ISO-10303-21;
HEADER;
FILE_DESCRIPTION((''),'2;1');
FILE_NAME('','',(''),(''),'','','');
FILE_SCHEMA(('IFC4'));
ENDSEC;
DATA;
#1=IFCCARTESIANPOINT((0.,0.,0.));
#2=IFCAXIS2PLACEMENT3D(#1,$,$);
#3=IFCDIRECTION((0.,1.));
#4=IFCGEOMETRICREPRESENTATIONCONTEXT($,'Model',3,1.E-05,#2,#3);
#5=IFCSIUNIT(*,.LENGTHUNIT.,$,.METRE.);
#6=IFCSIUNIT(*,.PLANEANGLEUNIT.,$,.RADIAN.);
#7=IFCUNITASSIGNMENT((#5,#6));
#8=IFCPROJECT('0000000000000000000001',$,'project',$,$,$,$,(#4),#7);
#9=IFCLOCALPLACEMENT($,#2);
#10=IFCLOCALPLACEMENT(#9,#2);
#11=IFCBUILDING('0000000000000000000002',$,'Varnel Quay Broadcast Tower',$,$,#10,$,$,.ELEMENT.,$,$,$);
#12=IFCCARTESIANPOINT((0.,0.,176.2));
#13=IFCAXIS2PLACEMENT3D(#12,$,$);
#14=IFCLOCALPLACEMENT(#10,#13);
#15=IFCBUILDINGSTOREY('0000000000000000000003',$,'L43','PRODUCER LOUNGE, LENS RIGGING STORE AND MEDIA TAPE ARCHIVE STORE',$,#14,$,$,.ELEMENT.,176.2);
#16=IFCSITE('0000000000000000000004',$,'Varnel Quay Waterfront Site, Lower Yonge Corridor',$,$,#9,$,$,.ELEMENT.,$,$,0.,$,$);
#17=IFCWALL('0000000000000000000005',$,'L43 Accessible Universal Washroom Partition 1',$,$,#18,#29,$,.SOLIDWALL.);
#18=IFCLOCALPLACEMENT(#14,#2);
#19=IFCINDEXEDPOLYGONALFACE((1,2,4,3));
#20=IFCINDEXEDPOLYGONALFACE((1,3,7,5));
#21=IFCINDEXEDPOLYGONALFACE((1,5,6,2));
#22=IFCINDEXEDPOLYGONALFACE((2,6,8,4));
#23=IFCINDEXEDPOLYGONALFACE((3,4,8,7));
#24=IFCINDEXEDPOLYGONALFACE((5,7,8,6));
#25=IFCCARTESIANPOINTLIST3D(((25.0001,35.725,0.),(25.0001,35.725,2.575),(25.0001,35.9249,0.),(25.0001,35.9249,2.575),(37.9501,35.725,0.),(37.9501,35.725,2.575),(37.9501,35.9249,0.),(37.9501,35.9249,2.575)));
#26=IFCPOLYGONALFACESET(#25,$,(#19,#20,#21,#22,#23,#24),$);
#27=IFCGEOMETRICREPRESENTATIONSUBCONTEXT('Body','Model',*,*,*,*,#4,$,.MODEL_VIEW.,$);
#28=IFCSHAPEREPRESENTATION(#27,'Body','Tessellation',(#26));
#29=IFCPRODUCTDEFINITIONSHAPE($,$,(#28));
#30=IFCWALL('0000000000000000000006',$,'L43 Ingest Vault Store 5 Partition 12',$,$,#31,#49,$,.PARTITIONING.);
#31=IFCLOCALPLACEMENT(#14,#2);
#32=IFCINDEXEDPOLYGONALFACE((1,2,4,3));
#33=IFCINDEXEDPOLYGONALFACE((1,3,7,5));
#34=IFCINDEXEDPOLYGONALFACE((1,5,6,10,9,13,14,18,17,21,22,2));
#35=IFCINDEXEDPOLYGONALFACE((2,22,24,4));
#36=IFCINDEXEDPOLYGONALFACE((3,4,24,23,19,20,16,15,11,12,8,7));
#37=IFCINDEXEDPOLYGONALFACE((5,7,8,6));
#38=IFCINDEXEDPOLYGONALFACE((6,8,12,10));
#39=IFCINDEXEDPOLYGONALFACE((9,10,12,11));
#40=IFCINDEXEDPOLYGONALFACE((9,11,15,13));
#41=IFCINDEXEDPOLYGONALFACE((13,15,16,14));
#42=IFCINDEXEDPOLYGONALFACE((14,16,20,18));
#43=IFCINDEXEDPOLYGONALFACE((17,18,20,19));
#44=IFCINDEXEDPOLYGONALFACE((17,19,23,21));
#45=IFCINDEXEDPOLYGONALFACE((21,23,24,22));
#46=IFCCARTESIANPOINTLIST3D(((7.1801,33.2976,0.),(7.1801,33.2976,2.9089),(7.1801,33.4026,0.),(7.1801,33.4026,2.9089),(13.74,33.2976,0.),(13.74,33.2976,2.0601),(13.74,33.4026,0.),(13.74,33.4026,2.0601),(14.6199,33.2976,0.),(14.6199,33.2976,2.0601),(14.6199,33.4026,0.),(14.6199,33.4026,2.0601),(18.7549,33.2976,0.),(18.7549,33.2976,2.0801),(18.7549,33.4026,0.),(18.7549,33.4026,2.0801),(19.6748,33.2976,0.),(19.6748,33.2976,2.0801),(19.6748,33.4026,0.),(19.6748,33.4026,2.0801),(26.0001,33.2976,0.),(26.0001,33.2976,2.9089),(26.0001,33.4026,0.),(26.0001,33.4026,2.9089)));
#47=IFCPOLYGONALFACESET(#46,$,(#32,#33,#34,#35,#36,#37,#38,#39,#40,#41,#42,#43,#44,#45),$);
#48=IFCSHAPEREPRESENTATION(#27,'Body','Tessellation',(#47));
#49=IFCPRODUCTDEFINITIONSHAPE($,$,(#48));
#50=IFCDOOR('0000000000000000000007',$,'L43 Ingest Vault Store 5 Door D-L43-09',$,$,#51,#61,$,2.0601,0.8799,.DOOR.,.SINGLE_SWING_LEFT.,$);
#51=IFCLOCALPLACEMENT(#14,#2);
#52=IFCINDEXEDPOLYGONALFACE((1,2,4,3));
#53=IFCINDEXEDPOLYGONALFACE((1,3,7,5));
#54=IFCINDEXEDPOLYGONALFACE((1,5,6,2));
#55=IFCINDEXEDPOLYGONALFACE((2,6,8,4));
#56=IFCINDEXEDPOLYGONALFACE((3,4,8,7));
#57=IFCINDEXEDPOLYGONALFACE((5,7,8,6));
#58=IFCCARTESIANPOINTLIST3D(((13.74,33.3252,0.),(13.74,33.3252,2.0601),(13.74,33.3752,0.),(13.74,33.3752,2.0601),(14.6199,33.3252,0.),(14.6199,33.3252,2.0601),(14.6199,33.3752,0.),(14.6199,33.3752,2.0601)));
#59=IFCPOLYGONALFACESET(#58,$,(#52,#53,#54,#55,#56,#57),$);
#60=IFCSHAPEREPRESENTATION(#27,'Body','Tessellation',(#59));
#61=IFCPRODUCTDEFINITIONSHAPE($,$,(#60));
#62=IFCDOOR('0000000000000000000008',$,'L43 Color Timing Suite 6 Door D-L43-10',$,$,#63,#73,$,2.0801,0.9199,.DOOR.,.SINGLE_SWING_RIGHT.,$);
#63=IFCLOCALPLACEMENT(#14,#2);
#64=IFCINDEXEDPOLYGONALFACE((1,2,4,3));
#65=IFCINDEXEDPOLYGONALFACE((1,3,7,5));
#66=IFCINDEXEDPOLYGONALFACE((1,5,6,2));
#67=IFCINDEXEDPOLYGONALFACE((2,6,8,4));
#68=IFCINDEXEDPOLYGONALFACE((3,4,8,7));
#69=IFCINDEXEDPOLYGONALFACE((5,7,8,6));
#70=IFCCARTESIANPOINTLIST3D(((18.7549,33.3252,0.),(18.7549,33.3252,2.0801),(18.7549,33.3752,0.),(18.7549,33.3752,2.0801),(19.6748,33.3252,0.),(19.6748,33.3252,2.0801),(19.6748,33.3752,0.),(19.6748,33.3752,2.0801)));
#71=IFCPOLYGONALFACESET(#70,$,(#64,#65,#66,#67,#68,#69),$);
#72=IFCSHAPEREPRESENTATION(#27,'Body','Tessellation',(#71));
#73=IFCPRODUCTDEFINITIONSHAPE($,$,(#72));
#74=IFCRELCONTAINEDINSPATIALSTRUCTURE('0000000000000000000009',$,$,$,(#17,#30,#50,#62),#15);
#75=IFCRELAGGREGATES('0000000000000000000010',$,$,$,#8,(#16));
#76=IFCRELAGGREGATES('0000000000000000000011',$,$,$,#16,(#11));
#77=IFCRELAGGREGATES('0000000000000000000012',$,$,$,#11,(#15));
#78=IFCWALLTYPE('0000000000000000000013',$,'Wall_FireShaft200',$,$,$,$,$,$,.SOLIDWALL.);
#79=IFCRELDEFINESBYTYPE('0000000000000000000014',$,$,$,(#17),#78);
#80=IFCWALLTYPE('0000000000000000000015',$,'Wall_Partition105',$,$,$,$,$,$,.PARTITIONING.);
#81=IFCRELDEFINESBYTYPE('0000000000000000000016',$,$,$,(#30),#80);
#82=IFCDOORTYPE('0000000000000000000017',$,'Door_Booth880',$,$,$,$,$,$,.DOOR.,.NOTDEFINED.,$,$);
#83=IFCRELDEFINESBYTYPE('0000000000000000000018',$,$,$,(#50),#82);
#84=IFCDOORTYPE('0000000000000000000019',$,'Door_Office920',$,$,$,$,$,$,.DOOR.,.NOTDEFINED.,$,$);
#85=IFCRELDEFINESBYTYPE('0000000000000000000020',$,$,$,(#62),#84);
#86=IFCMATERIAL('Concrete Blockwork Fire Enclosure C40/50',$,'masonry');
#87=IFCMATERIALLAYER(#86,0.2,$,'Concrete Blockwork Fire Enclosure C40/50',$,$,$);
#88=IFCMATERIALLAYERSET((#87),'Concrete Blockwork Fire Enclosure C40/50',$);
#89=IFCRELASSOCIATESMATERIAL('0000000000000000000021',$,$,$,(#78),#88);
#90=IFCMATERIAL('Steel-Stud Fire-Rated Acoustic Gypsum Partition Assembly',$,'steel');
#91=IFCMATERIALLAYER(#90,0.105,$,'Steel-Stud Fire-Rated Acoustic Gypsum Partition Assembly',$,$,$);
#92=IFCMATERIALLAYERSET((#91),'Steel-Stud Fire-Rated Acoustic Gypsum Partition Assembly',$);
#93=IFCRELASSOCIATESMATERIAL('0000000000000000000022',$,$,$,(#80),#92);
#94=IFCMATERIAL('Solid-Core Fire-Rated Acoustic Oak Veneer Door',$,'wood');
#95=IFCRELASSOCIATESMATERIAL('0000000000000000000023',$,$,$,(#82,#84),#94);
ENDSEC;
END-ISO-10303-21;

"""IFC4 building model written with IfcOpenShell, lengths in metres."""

from ifc_helpers import new_model, si_unit, direction, frame, frame_2d, origin, place, context, subcontext, project, spatial, rectangle, extrude, source, transform, mapped, material, layer, layer_set, type_object, type_shapes, element, fill, save


model = new_model("IFC4")

# Units and contexts
model_context = context("Model", 3, precision=1e-05, world=origin(), true_north=direction((0.0, 1.0)))
body_context = subcontext(model_context, "Body", "Model", "MODEL_VIEW")
ifc_project = project(units=[si_unit("LENGTHUNIT", "METRE"), si_unit("PLANEANGLEUNIT", "RADIAN")], contexts=[model_context])

# Site, building, storey
site_placement = place(None, origin())
site = spatial("IfcSite", under=ifc_project, at=site_placement, Name="Varnel Quay Waterfront Site, Lower Yonge Corridor", CompositionType="ELEMENT", RefElevation=0.0)
building_placement = place(site_placement, origin())
building = spatial("IfcBuilding", under=site, at=building_placement, Name="Varnel Quay Broadcast Tower", CompositionType="ELEMENT")
storey_placement = place(building_placement, frame((0.0, 0.0, 176.2)))
storey = spatial("IfcBuildingStorey", under=building, at=storey_placement, Name="L43", Description="PRODUCER LOUNGE, LENS RIGGING STORE AND MEDIA TAPE ARCHIVE STORE", CompositionType="ELEMENT", Elevation=176.2)

# Wall
ifc_material_1 = material(Name="Concrete Blockwork Fire Enclosure C40/50", Category="masonry")
ifc_layer_1 = layer(ifc_material_1, 0.2, Name="Concrete Blockwork Fire Enclosure C40/50")
ifc_layer_set_1 = layer_set([ifc_layer_1], Name="Concrete Blockwork Fire Enclosure C40/50")
wall_type_1 = type_object("IfcWallType", Name="Wall_FireShaft200", PredefinedType="SOLIDWALL", material=ifc_layer_set_1)
wall_1_placement = place(storey_placement, frame((25.0, 35.825, 0.0), z_axis=(0.0, 0.0, 1.0), x_axis=(1.0, 0.0, 0.0)))
element("IfcWall", 1, at=wall_1_placement, inside=storey, type_object=wall_type_1, Name="L43 Accessible Universal Washroom Partition 1", PredefinedType="SOLIDWALL", context=body_context, shape_type="SweptSolid", body=[
    extrude(rectangle(XDim=12.95, YDim=0.2, at=frame_2d((6.4751, 0.0))), origin(), (0.0, 0.0, 1.0), 2.575),
])

# Wall, openings, doors
ifc_material_2 = material(Name="Steel-Stud Fire-Rated Acoustic Gypsum Partition Assembly", Category="steel")
ifc_layer_2 = layer(ifc_material_2, 0.105, Name="Steel-Stud Fire-Rated Acoustic Gypsum Partition Assembly")
ifc_layer_set_2 = layer_set([ifc_layer_2], Name="Steel-Stud Fire-Rated Acoustic Gypsum Partition Assembly")
wall_type_2 = type_object("IfcWallType", Name="Wall_Partition105", PredefinedType="PARTITIONING", material=ifc_layer_set_2)
wall_2_placement = place(storey_placement, frame((7.1799, 33.3501, 0.0), z_axis=(0.0, 0.0, 1.0), x_axis=(1.0, 0.0, 0.0)))
wall_2 = element("IfcWall", 2, at=wall_2_placement, inside=storey, type_object=wall_type_2, Name="L43 Ingest Vault Store 5 Partition 12", PredefinedType="PARTITIONING", context=body_context, shape_type="SweptSolid", body=[
    extrude(rectangle(XDim=18.8201, YDim=0.105, at=frame_2d((9.4102, 0.0))), origin(), (0.0, 0.0, 1.0), 2.9089),
])
opening_1_placement = place(wall_2_placement, frame((6.5601, 0.0, 0.0)))
opening_1 = element("IfcOpeningElement", 3, at=opening_1_placement, cuts=wall_2, PredefinedType="OPENING", context=body_context, shape_type="SweptSolid", body=[
    extrude(rectangle(XDim=0.8799, YDim=2.0601, at=frame_2d((0.4399, 1.03))), frame((0.0, 0.0625, 0.0), z_axis=(0.0, -1.0, 0.0), x_axis=(1.0, 0.0, 0.0)), (0.0, 0.0, 1.0), 0.125),
])
opening_2_placement = place(wall_2_placement, frame((11.575, 0.0, 0.0)))
opening_2 = element("IfcOpeningElement", 4, at=opening_2_placement, cuts=wall_2, PredefinedType="OPENING", context=body_context, shape_type="SweptSolid", body=[
    extrude(rectangle(XDim=0.9199, YDim=2.0801, at=frame_2d((0.46, 1.04))), frame((0.0, 0.0625, 0.0), z_axis=(0.0, -1.0, 0.0), x_axis=(1.0, 0.0, 0.0)), (0.0, 0.0, 1.0), 0.125),
])
ifc_material_3 = material(Name="Solid-Core Fire-Rated Acoustic Oak Veneer Door", Category="wood")
door_type_1 = type_object("IfcDoorType", Name="Door_Booth880", OperationType="NOTDEFINED", PredefinedType="DOOR", material=ifc_material_3)
shared_shape_1 = source(origin(), body_context, "Body", "SweptSolid", [
    extrude(rectangle(XDim=0.8799, YDim=2.0601, at=frame_2d((0.4399, 1.03))), frame((0.0, 0.0249, 0.0), z_axis=(0.0, -1.0, 0.0), x_axis=(1.0, 0.0, 0.0)), (0.0, 0.0, 1.0), 0.05),
])
type_shapes(door_type_1, [shared_shape_1])
door_1_placement = place(opening_1_placement, frame((0.8799, 0.0, 0.0), z_axis=(0.0, 0.0, 1.0), x_axis=(-1.0, 0.0, 0.0)))
door_1 = element("IfcDoor", 5, at=door_1_placement, inside=storey, type_object=door_type_1, Name="L43 Ingest Vault Store 5 Door D-L43-09", OperationType="SINGLE_SWING_LEFT", OverallHeight=2.0601, OverallWidth=0.8799, PredefinedType="DOOR", context=body_context, shape_type="MappedRepresentation", body=[
    mapped(shared_shape_1, transform((0.0, 0.0, 0.0), x_axis=(1.0, 0.0, 0.0), y_axis=(0.0, 1.0, 0.0), z_axis=(0.0, 0.0, 1.0), scale=1.0)),
])
fill(opening_1, door_1)
door_type_2 = type_object("IfcDoorType", Name="Door_Office920", OperationType="NOTDEFINED", PredefinedType="DOOR", material=ifc_material_3)
shared_shape_2 = source(origin(), body_context, "Body", "SweptSolid", [
    extrude(rectangle(XDim=0.9199, YDim=2.0801, at=frame_2d((0.46, 1.04))), frame((0.0, 0.0249, 0.0), z_axis=(0.0, -1.0, 0.0), x_axis=(1.0, 0.0, 0.0)), (0.0, 0.0, 1.0), 0.05),
])
type_shapes(door_type_2, [shared_shape_2])
door_2_placement = place(opening_2_placement, frame((0.9199, 0.0, 0.0), z_axis=(0.0, 0.0, 1.0), x_axis=(-1.0, 0.0, 0.0)))
door_2 = element("IfcDoor", 6, at=door_2_placement, inside=storey, type_object=door_type_2, Name="L43 Color Timing Suite 6 Door D-L43-10", OperationType="SINGLE_SWING_RIGHT", OverallHeight=2.0801, OverallWidth=0.9199, PredefinedType="DOOR", context=body_context, shape_type="MappedRepresentation", body=[
    mapped(shared_shape_2, transform((0.0, 0.0, 0.0), x_axis=(1.0, 0.0, 0.0), y_axis=(0.0, 1.0, 0.0), z_axis=(0.0, 0.0, 1.0), scale=1.0)),
])
fill(opening_2, door_2)

save(model, "model.ifc")
